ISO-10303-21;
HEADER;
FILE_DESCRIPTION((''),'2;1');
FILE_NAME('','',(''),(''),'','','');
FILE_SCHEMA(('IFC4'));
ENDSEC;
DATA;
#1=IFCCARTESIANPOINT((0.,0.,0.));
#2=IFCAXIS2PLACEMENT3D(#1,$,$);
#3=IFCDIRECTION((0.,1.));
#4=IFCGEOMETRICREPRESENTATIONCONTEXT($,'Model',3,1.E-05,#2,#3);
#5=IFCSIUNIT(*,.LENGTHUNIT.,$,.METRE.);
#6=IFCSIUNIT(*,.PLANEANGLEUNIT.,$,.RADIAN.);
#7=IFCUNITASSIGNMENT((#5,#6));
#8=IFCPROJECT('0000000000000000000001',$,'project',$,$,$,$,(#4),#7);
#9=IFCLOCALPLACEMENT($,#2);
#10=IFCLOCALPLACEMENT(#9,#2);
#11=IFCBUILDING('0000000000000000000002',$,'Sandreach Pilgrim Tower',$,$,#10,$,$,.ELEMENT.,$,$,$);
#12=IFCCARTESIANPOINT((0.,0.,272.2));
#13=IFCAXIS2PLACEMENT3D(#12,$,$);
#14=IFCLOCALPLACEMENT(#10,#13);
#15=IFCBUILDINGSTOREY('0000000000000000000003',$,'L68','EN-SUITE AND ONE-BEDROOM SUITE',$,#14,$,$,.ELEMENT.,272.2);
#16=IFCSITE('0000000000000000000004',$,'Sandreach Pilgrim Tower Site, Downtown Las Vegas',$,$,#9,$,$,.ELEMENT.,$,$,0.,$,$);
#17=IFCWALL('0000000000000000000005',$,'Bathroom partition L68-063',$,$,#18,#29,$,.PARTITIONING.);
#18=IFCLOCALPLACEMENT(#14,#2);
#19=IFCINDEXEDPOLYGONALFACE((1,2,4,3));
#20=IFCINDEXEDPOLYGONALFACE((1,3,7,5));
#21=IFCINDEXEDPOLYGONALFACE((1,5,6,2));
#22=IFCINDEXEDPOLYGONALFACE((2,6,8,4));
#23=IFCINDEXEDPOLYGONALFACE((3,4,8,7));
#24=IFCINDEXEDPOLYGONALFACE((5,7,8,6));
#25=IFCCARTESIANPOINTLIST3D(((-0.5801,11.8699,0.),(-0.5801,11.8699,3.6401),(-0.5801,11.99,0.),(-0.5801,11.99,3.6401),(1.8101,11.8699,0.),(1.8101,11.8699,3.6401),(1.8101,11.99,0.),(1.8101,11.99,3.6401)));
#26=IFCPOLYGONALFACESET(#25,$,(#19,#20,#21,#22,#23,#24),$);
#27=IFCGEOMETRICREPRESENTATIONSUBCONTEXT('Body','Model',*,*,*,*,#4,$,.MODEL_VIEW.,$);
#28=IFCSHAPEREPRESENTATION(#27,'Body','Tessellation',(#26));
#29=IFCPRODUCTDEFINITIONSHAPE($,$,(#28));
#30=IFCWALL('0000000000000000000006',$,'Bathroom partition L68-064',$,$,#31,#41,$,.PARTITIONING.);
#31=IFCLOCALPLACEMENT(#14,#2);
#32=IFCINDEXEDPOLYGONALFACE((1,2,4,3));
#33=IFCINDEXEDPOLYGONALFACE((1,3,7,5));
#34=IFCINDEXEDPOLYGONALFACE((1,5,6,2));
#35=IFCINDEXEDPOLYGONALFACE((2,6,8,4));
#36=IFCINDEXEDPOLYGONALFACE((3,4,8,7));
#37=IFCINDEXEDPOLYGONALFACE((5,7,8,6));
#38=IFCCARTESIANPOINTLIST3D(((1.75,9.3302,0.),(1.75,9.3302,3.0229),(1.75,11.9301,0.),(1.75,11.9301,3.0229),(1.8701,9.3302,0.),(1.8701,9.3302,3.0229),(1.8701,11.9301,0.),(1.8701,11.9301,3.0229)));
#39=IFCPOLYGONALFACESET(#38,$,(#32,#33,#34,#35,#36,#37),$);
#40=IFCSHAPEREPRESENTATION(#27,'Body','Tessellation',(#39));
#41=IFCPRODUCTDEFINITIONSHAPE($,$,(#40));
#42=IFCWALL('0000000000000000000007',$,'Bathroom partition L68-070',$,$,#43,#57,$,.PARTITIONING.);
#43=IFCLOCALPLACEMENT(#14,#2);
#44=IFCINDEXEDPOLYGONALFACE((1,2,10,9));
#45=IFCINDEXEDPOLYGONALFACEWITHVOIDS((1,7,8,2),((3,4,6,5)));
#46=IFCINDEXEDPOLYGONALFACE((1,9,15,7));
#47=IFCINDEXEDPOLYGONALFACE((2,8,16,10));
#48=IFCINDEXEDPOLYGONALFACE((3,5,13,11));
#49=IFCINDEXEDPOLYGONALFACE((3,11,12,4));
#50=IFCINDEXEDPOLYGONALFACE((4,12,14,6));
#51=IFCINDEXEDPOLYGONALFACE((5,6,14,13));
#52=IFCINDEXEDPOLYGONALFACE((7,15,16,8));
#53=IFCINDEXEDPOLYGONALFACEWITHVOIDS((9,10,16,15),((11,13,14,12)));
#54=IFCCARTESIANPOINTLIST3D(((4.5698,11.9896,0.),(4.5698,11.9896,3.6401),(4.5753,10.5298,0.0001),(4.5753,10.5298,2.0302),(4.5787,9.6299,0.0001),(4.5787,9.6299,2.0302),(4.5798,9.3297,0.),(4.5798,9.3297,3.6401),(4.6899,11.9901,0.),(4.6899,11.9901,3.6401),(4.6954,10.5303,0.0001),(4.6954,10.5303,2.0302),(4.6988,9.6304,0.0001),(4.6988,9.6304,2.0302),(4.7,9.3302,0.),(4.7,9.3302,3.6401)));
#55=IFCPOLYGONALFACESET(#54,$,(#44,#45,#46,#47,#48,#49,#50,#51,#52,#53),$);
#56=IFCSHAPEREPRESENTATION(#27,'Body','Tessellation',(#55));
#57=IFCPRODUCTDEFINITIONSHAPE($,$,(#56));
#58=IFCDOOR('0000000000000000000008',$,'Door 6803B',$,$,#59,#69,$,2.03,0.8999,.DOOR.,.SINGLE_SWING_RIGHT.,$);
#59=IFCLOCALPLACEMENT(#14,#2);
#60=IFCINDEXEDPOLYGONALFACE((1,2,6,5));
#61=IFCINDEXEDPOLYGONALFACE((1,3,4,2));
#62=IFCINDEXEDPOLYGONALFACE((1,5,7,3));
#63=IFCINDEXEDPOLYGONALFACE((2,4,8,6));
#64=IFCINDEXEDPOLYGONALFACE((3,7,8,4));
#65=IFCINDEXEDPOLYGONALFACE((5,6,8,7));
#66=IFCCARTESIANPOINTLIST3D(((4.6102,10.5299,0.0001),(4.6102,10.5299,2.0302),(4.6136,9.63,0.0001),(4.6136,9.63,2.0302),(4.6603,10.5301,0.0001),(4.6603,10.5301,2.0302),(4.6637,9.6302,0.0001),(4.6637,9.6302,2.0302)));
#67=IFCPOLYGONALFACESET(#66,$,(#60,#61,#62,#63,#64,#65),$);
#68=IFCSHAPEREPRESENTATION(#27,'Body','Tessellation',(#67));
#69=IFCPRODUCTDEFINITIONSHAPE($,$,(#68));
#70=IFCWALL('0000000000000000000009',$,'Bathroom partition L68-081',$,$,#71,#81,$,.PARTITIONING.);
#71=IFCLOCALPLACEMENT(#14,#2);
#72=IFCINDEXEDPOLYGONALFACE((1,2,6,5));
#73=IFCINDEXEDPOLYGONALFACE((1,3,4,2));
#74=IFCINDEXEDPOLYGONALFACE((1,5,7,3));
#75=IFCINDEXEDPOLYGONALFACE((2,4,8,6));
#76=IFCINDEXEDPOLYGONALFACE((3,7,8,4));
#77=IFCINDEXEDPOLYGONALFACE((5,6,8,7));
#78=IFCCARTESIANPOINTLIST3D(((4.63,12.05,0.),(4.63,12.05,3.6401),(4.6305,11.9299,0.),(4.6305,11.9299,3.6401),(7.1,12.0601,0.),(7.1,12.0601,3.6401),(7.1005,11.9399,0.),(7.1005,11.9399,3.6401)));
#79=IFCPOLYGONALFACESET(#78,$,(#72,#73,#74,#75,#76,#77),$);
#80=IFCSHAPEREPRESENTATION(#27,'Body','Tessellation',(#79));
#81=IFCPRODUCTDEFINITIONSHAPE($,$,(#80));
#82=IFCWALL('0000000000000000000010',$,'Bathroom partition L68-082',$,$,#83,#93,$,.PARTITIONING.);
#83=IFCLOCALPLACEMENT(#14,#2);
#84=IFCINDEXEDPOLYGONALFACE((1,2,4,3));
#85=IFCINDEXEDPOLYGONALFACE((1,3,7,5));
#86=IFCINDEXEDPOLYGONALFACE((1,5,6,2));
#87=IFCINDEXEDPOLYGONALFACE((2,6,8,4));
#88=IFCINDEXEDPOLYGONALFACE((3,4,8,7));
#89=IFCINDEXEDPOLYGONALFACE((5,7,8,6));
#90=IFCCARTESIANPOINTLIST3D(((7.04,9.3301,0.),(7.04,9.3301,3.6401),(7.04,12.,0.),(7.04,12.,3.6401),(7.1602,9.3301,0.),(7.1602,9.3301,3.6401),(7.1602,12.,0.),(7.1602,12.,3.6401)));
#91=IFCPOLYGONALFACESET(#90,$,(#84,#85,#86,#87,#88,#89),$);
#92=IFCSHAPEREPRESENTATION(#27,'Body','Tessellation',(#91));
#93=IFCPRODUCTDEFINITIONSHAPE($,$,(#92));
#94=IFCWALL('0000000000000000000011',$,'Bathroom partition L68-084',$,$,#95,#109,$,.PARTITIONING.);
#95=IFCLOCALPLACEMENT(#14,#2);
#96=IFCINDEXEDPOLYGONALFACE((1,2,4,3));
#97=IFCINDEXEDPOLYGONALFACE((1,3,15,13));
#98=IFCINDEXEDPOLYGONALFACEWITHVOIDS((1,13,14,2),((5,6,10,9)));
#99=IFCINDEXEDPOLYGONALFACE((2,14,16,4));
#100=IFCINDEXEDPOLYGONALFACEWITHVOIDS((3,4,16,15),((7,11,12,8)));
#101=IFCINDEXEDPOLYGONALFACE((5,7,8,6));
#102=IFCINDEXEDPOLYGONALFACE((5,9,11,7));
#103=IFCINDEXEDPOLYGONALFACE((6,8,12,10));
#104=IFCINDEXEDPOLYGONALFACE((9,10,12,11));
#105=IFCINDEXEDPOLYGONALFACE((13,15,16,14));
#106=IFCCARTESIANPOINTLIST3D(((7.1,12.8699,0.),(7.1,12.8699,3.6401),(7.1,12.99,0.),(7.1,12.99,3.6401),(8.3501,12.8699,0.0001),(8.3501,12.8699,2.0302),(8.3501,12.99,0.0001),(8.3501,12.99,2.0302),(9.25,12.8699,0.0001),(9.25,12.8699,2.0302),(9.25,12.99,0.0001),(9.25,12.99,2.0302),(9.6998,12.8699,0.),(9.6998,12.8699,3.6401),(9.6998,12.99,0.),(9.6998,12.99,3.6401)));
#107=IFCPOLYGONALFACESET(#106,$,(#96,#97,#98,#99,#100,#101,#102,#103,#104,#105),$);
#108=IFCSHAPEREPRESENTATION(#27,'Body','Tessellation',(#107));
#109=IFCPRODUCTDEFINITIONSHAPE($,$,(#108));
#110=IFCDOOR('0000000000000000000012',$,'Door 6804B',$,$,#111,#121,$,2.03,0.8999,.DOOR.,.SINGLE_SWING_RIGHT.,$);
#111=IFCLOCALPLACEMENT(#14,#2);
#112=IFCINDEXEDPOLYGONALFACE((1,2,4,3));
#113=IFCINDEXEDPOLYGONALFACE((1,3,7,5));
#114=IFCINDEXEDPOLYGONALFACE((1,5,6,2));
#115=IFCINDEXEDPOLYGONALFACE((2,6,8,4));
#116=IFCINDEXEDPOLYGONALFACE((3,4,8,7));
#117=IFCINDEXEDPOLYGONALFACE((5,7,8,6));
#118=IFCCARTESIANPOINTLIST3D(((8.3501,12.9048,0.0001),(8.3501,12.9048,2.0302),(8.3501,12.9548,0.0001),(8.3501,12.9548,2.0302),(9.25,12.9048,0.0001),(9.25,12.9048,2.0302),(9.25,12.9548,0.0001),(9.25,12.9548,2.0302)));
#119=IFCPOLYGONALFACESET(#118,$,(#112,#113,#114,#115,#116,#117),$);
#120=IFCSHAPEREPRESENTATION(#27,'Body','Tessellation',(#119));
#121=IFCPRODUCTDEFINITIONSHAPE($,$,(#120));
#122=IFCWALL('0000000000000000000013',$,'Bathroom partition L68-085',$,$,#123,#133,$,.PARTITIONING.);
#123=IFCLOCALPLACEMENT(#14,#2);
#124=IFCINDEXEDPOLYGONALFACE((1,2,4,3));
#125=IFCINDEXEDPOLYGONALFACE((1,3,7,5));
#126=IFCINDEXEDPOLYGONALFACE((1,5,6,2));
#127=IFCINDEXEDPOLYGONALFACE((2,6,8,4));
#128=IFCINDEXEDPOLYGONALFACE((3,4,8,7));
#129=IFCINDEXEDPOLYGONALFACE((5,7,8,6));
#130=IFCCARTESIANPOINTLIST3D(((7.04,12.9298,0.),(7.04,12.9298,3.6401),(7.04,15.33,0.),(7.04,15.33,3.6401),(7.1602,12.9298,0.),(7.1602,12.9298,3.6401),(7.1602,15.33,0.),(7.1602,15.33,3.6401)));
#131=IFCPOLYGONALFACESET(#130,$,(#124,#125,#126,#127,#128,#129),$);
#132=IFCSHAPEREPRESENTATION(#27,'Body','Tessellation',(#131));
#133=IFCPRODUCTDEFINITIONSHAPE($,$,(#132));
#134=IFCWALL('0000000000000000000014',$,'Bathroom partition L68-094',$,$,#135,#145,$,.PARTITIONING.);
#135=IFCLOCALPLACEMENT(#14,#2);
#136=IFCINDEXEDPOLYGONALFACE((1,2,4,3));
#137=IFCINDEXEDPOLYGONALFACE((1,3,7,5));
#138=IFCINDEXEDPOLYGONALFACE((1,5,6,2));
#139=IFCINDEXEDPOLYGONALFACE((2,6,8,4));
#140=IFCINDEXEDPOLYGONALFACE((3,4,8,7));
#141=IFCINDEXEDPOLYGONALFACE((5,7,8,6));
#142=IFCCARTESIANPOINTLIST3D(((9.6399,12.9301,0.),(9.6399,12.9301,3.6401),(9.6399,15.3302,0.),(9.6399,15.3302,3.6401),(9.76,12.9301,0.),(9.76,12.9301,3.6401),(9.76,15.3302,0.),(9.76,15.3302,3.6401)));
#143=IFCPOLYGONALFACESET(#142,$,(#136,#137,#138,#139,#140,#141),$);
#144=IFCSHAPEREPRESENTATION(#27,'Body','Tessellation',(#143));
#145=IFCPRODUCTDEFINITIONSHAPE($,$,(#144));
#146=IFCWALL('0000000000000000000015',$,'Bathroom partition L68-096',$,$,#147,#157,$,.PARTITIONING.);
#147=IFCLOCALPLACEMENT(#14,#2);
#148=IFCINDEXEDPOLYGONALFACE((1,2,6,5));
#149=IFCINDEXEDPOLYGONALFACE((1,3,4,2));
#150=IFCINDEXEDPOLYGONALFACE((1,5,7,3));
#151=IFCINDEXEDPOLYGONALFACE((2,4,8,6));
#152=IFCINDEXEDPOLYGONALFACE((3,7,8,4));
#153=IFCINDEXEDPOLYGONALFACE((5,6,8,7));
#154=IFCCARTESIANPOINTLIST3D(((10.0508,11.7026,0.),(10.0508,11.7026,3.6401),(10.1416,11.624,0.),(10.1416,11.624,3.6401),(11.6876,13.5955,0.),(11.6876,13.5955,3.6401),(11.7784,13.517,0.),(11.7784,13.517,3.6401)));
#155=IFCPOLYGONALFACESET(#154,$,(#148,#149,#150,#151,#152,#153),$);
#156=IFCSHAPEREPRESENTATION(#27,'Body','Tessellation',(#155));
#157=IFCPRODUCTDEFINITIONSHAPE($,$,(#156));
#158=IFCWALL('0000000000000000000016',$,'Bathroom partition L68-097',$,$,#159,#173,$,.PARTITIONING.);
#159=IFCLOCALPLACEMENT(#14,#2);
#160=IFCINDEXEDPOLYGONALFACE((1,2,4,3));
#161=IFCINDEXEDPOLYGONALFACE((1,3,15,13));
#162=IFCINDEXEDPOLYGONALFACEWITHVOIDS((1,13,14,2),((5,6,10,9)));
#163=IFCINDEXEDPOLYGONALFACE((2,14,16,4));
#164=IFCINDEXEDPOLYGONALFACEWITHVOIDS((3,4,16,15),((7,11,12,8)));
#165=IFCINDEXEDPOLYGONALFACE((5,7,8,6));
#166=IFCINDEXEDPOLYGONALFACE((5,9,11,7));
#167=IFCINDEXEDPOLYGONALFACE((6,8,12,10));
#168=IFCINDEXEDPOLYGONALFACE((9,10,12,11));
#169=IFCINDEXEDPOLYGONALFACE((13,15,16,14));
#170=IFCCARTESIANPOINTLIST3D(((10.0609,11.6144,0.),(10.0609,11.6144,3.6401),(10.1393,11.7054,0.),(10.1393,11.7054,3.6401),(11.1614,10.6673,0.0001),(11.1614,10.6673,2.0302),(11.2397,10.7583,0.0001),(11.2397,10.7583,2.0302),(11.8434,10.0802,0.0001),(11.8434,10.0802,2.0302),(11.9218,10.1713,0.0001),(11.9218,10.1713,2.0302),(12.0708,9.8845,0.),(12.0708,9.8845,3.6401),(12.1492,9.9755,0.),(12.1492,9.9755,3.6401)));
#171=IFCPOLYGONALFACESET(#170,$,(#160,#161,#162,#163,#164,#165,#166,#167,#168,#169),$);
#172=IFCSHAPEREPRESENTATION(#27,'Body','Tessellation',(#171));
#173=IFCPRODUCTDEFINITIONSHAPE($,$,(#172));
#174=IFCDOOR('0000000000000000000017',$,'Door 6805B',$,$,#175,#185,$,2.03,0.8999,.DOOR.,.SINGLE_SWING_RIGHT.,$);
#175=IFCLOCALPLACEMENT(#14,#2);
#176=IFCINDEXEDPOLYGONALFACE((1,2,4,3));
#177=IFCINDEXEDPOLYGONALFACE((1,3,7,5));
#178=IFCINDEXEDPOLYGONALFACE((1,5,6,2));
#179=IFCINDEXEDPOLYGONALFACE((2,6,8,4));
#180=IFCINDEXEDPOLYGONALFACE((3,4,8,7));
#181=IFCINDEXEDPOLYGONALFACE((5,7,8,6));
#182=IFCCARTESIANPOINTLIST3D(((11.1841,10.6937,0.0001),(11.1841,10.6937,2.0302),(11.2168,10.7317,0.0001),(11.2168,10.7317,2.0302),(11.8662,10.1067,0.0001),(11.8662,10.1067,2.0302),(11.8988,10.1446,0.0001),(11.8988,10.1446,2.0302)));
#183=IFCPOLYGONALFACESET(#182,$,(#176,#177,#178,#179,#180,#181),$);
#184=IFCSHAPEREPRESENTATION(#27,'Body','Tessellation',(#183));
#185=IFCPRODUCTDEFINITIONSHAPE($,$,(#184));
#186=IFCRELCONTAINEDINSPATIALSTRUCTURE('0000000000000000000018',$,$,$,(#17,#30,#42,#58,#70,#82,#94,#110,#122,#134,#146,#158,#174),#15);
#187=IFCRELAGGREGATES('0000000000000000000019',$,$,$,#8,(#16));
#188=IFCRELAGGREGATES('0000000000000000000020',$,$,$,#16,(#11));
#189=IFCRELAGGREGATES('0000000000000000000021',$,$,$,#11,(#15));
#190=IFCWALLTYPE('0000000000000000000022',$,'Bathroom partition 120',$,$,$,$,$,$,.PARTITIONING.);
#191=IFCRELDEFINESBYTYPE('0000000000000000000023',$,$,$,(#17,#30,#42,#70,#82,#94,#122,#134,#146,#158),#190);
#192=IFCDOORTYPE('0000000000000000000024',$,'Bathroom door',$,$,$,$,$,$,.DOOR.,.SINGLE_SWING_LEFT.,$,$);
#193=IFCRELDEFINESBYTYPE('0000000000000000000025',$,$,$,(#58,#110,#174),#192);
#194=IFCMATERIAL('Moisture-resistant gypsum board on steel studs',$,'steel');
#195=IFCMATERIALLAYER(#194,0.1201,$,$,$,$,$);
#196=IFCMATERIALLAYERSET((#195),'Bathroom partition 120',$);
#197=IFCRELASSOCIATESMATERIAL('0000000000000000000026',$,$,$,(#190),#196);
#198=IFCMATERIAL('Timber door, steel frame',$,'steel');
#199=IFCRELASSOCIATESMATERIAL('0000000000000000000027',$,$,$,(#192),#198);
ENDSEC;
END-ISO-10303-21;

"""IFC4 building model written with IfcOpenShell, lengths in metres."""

from ifc_helpers import new_model, si_unit, direction, frame, frame_2d, origin, place, context, subcontext, project, spatial, rectangle, extrude, material, layer, layer_set, type_object, element, fill, save


model = new_model("IFC4")

# Units and contexts
model_context = context("Model", 3, precision=1e-05, world=origin(), true_north=direction((0.0, 1.0)))
body_context = subcontext(model_context, "Body", "Model", "MODEL_VIEW")
ifc_project = project(units=[si_unit("LENGTHUNIT", "METRE"), si_unit("PLANEANGLEUNIT", "RADIAN")], contexts=[model_context])

# Site, building, storey
site_placement = place(None, origin())
site = spatial("IfcSite", under=ifc_project, at=site_placement, Name="Sandreach Pilgrim Tower Site, Downtown Las Vegas", CompositionType="ELEMENT", RefElevation=0.0)
building_placement = place(site_placement, origin())
building = spatial("IfcBuilding", under=site, at=building_placement, Name="Sandreach Pilgrim Tower", CompositionType="ELEMENT")
storey_placement = place(building_placement, frame((0.0, 0.0, 272.2)))
storey = spatial("IfcBuildingStorey", under=building, at=storey_placement, Name="L68", Description="EN-SUITE AND ONE-BEDROOM SUITE", CompositionType="ELEMENT", Elevation=272.2)

# Walls
ifc_material_1 = material(Name="Moisture-resistant gypsum board on steel studs", Category="steel")
ifc_layer_1 = layer(ifc_material_1, 0.1201)
ifc_layer_set_1 = layer_set([ifc_layer_1], Name="Bathroom partition 120")
wall_type_1 = type_object("IfcWallType", Name="Bathroom partition 120", PredefinedType="PARTITIONING", material=ifc_layer_set_1)
wall_1_placement = place(storey_placement, frame((1.8101, 11.9299, 0.0), z_axis=(0.0, 0.0, 1.0), x_axis=(-1.0, 0.0, 0.0)))
element("IfcWall", 1, at=wall_1_placement, inside=storey, type_object=wall_type_1, Name="Bathroom partition L68-063", PredefinedType="PARTITIONING", context=body_context, shape_type="SweptSolid", body=[
    extrude(rectangle(XDim=2.3901, YDim=0.1201, at=frame_2d((1.1951, 0.0))), origin(), (0.0, 0.0, 1.0), 3.6401),
])
wall_2_placement = place(storey_placement, frame((1.8101, 11.9299, 0.0), z_axis=(0.0, 0.0, 1.0), x_axis=(0.0, -1.0, 0.0)))
element("IfcWall", 2, at=wall_2_placement, inside=storey, type_object=wall_type_1, Name="Bathroom partition L68-064", PredefinedType="PARTITIONING", context=body_context, shape_type="SweptSolid", body=[
    extrude(rectangle(XDim=2.5999, YDim=0.1201, at=frame_2d((1.2998, 0.0))), origin(), (0.0, 0.0, 1.0), 3.0229),
])

# Wall, opening, door
wall_3_placement = place(storey_placement, frame((4.6299, 11.99, 0.0), z_axis=(0.0, 0.0, 1.0), x_axis=(0.003763, -0.999993, 0.0)))
wall_3 = element("IfcWall", 3, at=wall_3_placement, inside=storey, type_object=wall_type_1, Name="Bathroom partition L68-070", PredefinedType="PARTITIONING", context=body_context, shape_type="SweptSolid", body=[
    extrude(rectangle(XDim=2.6599, YDim=0.1201, at=frame_2d((1.3301, 0.0))), origin(), (0.0, 0.0, 1.0), 3.6401),
])
opening_1_placement = place(wall_3_placement, frame((1.46, 0.0, 0.0)))
opening_1 = element("IfcOpeningElement", 4, at=opening_1_placement, cuts=wall_3, PredefinedType="OPENING", context=body_context, shape_type="SweptSolid", body=[
    extrude(rectangle(XDim=0.8999, YDim=2.03, at=frame_2d((0.45, 1.0151))), frame((0.0, 0.0601, 0.0), z_axis=(0.0, -1.0, 0.0), x_axis=(1.0, 0.0, 0.0)), (0.0, 0.0, 1.0), 0.1201),
])
ifc_material_2 = material(Name="Timber door, steel frame", Category="steel")
door_type = type_object("IfcDoorType", Name="Bathroom door", OperationType="SINGLE_SWING_LEFT", PredefinedType="DOOR", material=ifc_material_2)
door_1_placement = place(opening_1_placement, origin())
door_1 = element("IfcDoor", 5, at=door_1_placement, inside=storey, type_object=door_type, Name="Door 6803B", OperationType="SINGLE_SWING_RIGHT", OverallHeight=2.03, OverallWidth=0.8999, PredefinedType="DOOR", context=body_context, shape_type="SweptSolid", body=[
    extrude(rectangle(XDim=0.8999, YDim=2.03, at=frame_2d((0.45, 1.0151))), frame((0.0, 0.0249, 0.0), z_axis=(0.0, -1.0, 0.0), x_axis=(1.0, 0.0, 0.0)), (0.0, 0.0, 1.0), 0.05),
])
fill(opening_1, door_1)

# Walls
wall_4_placement = place(storey_placement, frame((7.1001, 12.0, 0.0), z_axis=(0.0, 0.0, 1.0), x_axis=(-0.999992, -0.004053, 0.0)))
element("IfcWall", 6, at=wall_4_placement, inside=storey, type_object=wall_type_1, Name="Bathroom partition L68-081", PredefinedType="PARTITIONING", context=body_context, shape_type="SweptSolid", body=[
    extrude(rectangle(XDim=2.47, YDim=0.1201, at=frame_2d((1.2349, 0.0))), origin(), (0.0, 0.0, 1.0), 3.6401),
])
wall_5_placement = place(storey_placement, frame((7.1001, 12.0, 0.0), z_axis=(0.0, 0.0, 1.0), x_axis=(0.0, -1.0, 0.0)))
element("IfcWall", 7, at=wall_5_placement, inside=storey, type_object=wall_type_1, Name="Bathroom partition L68-082", PredefinedType="PARTITIONING", context=body_context, shape_type="SweptSolid", body=[
    extrude(rectangle(XDim=2.6699, YDim=0.1201, at=frame_2d((1.335, 0.0))), origin(), (0.0, 0.0, 1.0), 3.6401),
])

# Wall, opening, door
wall_6_placement = place(storey_placement, frame((7.1001, 12.9299, 0.0), z_axis=(0.0, 0.0, 1.0), x_axis=(1.0, 0.0, 0.0)))
wall_6 = element("IfcWall", 8, at=wall_6_placement, inside=storey, type_object=wall_type_1, Name="Bathroom partition L68-084", PredefinedType="PARTITIONING", context=body_context, shape_type="SweptSolid", body=[
    extrude(rectangle(XDim=2.5999, YDim=0.1201, at=frame_2d((1.2998, 0.0))), origin(), (0.0, 0.0, 1.0), 3.6401),
])
opening_2_placement = place(wall_6_placement, frame((1.25, 0.0, 0.0)))
opening_2 = element("IfcOpeningElement", 9, at=opening_2_placement, cuts=wall_6, PredefinedType="OPENING", context=body_context, shape_type="SweptSolid", body=[
    extrude(rectangle(XDim=0.8999, YDim=2.03, at=frame_2d((0.45, 1.0151))), frame((0.0, 0.0601, 0.0), z_axis=(0.0, -1.0, 0.0), x_axis=(1.0, 0.0, 0.0)), (0.0, 0.0, 1.0), 0.1201),
])
door_2_placement = place(opening_2_placement, origin())
door_2 = element("IfcDoor", 10, at=door_2_placement, inside=storey, type_object=door_type, Name="Door 6804B", OperationType="SINGLE_SWING_RIGHT", OverallHeight=2.03, OverallWidth=0.8999, PredefinedType="DOOR", context=body_context, shape_type="SweptSolid", body=[
    extrude(rectangle(XDim=0.8999, YDim=2.03, at=frame_2d((0.45, 1.0151))), frame((0.0, 0.0249, 0.0), z_axis=(0.0, -1.0, 0.0), x_axis=(1.0, 0.0, 0.0)), (0.0, 0.0, 1.0), 0.05),
])
fill(opening_2, door_2)

# Walls
for number, where, z_axis, x_axis, name in (
    (11, (7.1001, 15.3301, 0.0), (0.0, 0.0, 1.0), (0.0, -1.0, 0.0), "Bathroom partition L68-085"),
    (12, (9.7, 12.9299, 0.0), (0.0, 0.0, 1.0), (0.0, 1.0, 0.0), "Bathroom partition L68-094"),
):
    element("IfcWall", number, at=place(storey_placement, frame(where, z_axis=z_axis, x_axis=x_axis)), inside=storey, type_object=wall_type_1, Name=name, PredefinedType="PARTITIONING", context=body_context, shape_type="SweptSolid", body=[
        extrude(rectangle(XDim=2.4001, YDim=0.1201, at=frame_2d((1.2002, 0.0))), origin(), (0.0, 0.0, 1.0), 3.6401),
    ])
wall_7_placement = place(storey_placement, frame((10.0962, 11.6633, 0.0), z_axis=(0.0, 0.0, 1.0), x_axis=(0.65408, 0.756426, 0.0)))
element("IfcWall", 13, at=wall_7_placement, inside=storey, type_object=wall_type_1, Name="Bathroom partition L68-096", PredefinedType="PARTITIONING", context=body_context, shape_type="SweptSolid", body=[
    extrude(rectangle(XDim=2.5024, YDim=0.1201, at=frame_2d((1.2512, 0.0))), origin(), (0.0, 0.0, 1.0), 3.6401),
])

# Wall, opening, door
wall_8_placement = place(storey_placement, frame((10.1001, 11.6599, 0.0), z_axis=(0.0, 0.0, 1.0), x_axis=(0.757929, -0.652337, 0.0)))
wall_8 = element("IfcWall", 14, at=wall_8_placement, inside=storey, type_object=wall_type_1, Name="Bathroom partition L68-097", PredefinedType="PARTITIONING", context=body_context, shape_type="SweptSolid", body=[
    extrude(rectangle(XDim=2.6519, YDim=0.1201, at=frame_2d((1.3259, 0.0))), origin(), (0.0, 0.0, 1.0), 3.6401),
])
opening_3_placement = place(wall_8_placement, frame((1.4519, 0.0, 0.0)))
opening_3 = element("IfcOpeningElement", 15, at=opening_3_placement, cuts=wall_8, PredefinedType="OPENING", context=body_context, shape_type="SweptSolid", body=[
    extrude(rectangle(XDim=0.8999, YDim=2.03, at=frame_2d((0.45, 1.0151))), frame((0.0, 0.0601, 0.0), z_axis=(0.0, -1.0, 0.0), x_axis=(1.0, 0.0, 0.0)), (0.0, 0.0, 1.0), 0.1201),
])
door_3_placement = place(opening_3_placement, origin())
door_3 = element("IfcDoor", 16, at=door_3_placement, inside=storey, type_object=door_type, Name="Door 6805B", OperationType="SINGLE_SWING_RIGHT", OverallHeight=2.03, OverallWidth=0.8999, PredefinedType="DOOR", context=body_context, shape_type="SweptSolid", body=[
    extrude(rectangle(XDim=0.8999, YDim=2.03, at=frame_2d((0.45, 1.0151))), frame((0.0, 0.0249, 0.0), z_axis=(0.0, -1.0, 0.0), x_axis=(1.0, 0.0, 0.0)), (0.0, 0.0, 1.0), 0.05),
])
fill(opening_3, door_3)

save(model, "model.ifc")
